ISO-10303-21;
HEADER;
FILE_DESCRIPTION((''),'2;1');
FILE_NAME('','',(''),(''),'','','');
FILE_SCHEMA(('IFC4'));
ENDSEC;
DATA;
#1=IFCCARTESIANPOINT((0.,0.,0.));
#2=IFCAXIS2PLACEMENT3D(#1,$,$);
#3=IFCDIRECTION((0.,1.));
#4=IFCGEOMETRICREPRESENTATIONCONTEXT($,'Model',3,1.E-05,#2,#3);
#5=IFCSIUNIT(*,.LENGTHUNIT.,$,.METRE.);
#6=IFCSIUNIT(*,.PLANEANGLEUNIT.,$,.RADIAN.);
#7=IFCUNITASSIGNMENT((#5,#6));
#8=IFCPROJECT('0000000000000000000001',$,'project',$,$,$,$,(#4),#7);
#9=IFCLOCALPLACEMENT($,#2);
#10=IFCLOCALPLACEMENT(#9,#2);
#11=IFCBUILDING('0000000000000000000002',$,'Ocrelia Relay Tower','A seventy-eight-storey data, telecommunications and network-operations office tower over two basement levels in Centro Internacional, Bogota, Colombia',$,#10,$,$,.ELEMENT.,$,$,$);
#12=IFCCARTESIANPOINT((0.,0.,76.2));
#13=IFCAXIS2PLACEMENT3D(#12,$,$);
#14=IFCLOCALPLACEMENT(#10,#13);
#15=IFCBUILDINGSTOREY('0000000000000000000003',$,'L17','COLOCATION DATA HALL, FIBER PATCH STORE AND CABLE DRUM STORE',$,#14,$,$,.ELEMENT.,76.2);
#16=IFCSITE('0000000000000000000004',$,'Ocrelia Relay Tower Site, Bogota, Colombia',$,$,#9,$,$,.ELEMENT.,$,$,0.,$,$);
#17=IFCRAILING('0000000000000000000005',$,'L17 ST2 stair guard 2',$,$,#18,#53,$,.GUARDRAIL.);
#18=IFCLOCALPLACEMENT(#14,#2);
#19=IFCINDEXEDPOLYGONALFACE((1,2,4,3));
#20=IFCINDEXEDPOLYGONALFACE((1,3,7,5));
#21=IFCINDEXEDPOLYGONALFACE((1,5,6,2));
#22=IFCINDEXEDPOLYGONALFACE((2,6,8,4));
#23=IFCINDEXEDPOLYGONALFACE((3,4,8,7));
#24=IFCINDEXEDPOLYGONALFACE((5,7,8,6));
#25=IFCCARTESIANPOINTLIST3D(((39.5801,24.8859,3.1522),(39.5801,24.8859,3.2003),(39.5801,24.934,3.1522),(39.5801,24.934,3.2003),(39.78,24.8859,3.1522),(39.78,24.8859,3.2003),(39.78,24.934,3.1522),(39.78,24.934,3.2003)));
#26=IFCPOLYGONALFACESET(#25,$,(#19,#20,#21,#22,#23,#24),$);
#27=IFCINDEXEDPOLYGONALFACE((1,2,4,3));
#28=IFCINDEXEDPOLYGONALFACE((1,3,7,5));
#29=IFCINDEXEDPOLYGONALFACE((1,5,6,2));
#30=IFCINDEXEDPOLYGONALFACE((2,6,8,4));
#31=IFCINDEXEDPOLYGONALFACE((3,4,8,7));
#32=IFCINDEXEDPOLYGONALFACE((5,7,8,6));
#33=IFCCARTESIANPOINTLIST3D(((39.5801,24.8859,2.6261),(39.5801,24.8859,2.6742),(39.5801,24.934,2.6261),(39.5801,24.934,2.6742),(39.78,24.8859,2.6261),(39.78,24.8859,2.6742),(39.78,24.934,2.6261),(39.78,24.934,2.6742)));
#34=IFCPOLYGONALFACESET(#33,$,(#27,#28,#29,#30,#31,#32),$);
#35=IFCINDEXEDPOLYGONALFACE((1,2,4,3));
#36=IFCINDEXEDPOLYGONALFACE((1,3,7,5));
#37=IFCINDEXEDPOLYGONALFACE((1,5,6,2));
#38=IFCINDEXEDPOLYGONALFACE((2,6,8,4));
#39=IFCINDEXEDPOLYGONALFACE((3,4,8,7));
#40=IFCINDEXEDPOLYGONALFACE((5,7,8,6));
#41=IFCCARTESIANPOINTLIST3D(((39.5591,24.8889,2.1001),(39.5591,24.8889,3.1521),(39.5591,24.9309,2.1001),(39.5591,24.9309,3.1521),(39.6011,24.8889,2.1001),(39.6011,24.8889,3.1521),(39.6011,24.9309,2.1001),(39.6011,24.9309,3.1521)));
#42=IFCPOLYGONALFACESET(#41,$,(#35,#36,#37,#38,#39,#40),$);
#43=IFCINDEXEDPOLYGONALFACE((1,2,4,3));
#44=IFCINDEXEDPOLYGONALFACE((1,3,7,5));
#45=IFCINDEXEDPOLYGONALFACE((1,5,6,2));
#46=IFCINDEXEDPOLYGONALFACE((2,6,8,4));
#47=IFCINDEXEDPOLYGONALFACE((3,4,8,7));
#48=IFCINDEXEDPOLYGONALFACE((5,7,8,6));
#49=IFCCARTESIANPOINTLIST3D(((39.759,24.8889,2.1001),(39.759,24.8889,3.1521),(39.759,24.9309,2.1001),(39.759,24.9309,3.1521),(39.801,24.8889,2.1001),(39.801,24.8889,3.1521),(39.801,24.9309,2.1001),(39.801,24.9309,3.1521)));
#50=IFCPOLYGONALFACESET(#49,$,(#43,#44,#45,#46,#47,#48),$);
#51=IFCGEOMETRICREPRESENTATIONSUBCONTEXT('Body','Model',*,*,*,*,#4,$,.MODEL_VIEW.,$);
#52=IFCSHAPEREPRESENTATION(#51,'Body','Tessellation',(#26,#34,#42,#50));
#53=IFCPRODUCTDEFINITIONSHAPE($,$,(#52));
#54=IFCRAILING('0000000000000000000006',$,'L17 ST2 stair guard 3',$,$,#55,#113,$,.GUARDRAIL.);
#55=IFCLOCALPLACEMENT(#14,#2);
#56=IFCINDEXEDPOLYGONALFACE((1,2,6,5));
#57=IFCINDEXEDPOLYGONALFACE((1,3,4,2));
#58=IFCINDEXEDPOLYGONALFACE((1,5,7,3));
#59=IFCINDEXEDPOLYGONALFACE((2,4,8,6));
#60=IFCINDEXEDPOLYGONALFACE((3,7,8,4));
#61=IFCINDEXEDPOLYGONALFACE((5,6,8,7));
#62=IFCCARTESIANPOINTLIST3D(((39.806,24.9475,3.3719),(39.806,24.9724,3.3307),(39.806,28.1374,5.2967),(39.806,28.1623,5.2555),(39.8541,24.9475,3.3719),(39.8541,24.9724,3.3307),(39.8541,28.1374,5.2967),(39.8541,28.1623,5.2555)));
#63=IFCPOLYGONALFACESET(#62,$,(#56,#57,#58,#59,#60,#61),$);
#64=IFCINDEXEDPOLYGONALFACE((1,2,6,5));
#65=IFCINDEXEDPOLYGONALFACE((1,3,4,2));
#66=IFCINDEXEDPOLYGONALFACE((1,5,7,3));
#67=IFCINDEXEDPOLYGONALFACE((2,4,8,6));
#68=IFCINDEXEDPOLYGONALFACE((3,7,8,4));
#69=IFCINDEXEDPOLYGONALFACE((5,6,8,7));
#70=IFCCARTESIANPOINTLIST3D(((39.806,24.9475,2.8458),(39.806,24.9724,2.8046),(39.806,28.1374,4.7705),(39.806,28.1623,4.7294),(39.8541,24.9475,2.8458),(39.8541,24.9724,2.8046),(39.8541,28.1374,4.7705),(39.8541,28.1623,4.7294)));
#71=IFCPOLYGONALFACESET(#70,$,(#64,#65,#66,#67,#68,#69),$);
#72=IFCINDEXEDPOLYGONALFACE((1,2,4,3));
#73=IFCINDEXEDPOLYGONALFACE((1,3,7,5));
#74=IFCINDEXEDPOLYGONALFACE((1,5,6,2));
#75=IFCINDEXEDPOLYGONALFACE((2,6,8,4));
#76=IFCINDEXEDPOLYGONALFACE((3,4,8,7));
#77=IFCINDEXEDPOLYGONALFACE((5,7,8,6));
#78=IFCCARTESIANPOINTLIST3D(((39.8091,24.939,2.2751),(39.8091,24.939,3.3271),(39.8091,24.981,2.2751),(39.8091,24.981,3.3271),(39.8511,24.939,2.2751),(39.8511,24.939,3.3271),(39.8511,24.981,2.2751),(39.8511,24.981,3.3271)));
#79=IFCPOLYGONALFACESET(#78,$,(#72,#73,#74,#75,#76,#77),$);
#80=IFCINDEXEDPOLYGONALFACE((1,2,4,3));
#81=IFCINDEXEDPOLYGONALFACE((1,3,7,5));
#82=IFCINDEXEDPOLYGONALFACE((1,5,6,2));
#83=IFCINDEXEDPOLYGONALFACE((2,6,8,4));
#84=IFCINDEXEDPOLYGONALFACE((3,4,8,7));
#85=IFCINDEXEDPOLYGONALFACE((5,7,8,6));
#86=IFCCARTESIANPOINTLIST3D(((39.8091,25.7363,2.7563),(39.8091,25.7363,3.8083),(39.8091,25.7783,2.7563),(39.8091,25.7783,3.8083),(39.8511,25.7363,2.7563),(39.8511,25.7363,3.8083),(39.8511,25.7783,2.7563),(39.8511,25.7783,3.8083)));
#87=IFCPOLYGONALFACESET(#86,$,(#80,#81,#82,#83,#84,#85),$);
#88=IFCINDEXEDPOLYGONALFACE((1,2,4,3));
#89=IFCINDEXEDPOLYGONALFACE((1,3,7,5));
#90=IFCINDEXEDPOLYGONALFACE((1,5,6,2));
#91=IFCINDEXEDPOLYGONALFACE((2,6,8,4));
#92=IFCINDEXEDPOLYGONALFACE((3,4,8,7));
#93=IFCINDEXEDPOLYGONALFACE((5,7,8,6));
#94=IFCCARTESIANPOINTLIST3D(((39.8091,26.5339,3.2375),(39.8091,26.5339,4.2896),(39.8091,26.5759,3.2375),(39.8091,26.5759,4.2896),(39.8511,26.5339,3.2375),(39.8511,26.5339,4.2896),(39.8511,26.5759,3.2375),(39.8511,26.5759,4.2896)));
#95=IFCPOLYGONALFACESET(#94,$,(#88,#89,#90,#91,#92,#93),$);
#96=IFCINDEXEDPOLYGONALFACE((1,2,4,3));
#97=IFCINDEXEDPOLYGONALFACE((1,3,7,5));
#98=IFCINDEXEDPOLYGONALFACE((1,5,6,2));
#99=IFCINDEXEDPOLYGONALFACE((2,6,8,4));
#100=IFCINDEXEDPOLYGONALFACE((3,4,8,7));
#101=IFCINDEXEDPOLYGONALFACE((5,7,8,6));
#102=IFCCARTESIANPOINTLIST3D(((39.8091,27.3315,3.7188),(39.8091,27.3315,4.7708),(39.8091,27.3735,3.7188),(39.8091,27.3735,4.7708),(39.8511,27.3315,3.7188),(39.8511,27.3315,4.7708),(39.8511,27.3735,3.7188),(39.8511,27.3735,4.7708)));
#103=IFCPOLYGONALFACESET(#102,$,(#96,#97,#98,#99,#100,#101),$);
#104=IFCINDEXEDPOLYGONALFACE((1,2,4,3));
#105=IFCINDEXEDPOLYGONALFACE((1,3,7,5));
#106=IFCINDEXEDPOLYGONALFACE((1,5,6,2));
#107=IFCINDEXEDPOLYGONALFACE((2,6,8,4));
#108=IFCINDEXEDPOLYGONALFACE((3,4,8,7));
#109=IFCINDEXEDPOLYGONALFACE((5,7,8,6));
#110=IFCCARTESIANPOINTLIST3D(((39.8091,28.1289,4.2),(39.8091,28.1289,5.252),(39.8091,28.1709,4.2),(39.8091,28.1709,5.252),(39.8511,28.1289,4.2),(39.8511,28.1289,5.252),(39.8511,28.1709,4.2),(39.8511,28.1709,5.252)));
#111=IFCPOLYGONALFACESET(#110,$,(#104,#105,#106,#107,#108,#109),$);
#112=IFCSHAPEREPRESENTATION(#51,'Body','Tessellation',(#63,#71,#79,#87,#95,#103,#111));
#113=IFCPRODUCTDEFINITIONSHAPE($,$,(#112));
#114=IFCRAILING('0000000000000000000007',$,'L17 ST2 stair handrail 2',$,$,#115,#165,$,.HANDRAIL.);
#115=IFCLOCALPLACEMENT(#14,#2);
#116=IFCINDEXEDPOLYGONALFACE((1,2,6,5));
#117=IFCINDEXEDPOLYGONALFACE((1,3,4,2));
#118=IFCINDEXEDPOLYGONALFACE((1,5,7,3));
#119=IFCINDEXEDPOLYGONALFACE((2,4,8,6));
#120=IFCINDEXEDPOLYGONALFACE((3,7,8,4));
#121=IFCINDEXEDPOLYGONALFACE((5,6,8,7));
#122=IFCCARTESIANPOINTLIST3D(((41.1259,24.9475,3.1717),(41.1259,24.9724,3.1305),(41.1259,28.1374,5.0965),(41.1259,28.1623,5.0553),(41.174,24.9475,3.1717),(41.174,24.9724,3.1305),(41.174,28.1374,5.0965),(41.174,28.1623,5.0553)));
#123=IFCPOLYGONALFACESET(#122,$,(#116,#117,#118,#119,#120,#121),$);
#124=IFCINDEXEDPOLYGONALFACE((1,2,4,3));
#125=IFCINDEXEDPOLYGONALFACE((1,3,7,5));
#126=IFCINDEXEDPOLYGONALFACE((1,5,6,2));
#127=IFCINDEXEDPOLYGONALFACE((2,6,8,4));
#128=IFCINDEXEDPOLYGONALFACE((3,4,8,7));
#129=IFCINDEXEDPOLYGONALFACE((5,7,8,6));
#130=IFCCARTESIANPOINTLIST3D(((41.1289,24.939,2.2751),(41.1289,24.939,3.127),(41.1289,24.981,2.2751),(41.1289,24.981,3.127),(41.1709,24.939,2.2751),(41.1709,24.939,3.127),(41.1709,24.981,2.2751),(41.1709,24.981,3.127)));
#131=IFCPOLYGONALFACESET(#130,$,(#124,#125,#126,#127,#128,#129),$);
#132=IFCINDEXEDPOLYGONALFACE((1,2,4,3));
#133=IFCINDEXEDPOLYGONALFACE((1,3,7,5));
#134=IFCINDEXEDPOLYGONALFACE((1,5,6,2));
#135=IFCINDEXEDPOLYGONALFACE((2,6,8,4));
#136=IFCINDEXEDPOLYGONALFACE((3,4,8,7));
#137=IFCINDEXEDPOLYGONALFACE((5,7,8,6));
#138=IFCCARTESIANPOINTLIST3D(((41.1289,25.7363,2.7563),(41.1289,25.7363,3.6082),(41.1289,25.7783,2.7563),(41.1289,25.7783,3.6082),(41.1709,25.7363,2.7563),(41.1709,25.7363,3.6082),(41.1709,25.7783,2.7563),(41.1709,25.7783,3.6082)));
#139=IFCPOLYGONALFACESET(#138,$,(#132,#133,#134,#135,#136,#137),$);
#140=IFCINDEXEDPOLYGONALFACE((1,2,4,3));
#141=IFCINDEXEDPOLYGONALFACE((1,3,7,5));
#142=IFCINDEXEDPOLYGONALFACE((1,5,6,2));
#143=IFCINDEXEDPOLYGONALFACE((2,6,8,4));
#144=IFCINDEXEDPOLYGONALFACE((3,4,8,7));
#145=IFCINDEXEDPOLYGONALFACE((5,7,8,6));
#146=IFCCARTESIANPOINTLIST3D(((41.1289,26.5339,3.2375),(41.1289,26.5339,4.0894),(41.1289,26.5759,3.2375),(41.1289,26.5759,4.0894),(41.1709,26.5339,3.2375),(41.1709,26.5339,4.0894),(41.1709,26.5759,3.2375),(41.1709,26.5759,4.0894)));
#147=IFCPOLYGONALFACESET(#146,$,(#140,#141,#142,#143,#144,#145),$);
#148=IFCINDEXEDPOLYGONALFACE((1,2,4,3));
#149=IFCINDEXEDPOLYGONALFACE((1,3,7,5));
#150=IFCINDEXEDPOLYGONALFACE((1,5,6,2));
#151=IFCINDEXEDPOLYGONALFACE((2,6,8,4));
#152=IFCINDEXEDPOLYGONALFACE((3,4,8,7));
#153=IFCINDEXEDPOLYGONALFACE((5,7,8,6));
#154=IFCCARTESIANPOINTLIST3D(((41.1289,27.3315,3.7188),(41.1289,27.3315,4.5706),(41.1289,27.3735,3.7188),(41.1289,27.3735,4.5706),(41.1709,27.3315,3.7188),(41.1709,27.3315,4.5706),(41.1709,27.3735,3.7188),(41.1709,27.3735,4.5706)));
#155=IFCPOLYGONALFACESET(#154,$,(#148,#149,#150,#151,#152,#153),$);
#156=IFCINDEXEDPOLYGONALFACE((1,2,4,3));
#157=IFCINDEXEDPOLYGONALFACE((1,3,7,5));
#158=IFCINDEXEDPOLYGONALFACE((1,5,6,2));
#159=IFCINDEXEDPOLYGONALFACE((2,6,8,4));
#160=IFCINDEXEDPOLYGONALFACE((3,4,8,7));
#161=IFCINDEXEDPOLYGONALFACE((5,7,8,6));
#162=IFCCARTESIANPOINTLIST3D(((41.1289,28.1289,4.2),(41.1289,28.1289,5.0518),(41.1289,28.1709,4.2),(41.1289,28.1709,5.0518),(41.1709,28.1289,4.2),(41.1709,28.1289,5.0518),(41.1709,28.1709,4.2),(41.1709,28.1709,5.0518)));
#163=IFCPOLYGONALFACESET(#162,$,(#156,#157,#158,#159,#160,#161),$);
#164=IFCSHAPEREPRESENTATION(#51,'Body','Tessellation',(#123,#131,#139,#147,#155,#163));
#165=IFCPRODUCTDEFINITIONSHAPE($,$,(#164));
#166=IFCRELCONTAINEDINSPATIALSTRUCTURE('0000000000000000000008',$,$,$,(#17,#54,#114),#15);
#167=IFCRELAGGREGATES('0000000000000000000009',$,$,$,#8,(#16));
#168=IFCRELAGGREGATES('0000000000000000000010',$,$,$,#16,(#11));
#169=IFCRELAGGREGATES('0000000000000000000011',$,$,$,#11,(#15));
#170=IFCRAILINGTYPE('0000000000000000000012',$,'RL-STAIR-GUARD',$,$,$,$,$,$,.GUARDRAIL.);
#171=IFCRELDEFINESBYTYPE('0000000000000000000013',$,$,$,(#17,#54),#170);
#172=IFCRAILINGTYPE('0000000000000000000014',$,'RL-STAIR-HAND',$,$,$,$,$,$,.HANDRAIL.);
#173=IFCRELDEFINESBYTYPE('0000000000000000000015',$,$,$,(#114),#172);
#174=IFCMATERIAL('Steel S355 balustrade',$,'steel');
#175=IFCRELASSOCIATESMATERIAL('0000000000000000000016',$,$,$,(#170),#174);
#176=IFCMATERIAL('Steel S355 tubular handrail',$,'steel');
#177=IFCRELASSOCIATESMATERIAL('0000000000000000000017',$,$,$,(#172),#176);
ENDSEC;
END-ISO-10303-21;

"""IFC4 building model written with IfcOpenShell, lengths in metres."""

from ifc_helpers import new_model, si_unit, direction, frame, origin, origin_2d, place, context, subcontext, project, spatial, rectangle, extrude, material, type_object, element, save


model = new_model("IFC4")

# Units and contexts
model_context = context("Model", 3, precision=1e-05, world=origin(), true_north=direction((0.0, 1.0)))
body_context = subcontext(model_context, "Body", "Model", "MODEL_VIEW")
ifc_project = project(units=[si_unit("LENGTHUNIT", "METRE"), si_unit("PLANEANGLEUNIT", "RADIAN")], contexts=[model_context])

# Site, building, storey
site_placement = place(None, origin())
site = spatial("IfcSite", under=ifc_project, at=site_placement, Name="Ocrelia Relay Tower Site, Bogota, Colombia", CompositionType="ELEMENT", RefElevation=0.0)
building_placement = place(site_placement, origin())
building = spatial("IfcBuilding", under=site, at=building_placement, Name="Ocrelia Relay Tower", Description="A seventy-eight-storey data, telecommunications and network-operations office tower over two basement levels in Centro Internacional, Bogota, Colombia", CompositionType="ELEMENT")
storey_placement = place(building_placement, frame((0.0, 0.0, 76.2)))
storey = spatial("IfcBuildingStorey", under=building, at=storey_placement, Name="L17", Description="COLOCATION DATA HALL, FIBER PATCH STORE AND CABLE DRUM STORE", CompositionType="ELEMENT", Elevation=76.2)

# Railings
ifc_material_1 = material(Name="Steel S355 balustrade", Category="steel")
railing_type_1 = type_object("IfcRailingType", Name="RL-STAIR-GUARD", PredefinedType="GUARDRAIL", material=ifc_material_1)
railing_1_placement = place(storey_placement, frame((39.5801, 24.9099, 2.1001)))
element("IfcRailing", 1, at=railing_1_placement, inside=storey, type_object=railing_type_1, Name="L17 ST2 stair guard 2", PredefinedType="GUARDRAIL", context=body_context, shape_type="SweptSolid", body=[
    extrude(rectangle(XDim=0.0481, YDim=0.0481, at=origin_2d()), frame((0.0, 0.0, 1.0762), z_axis=(1.0, 0.0, 0.0), x_axis=(0.0, 1.0, 0.0)), (0.0, 0.0, 1.0), 0.2),
    extrude(rectangle(XDim=0.0481, YDim=0.0481, at=origin_2d()), frame((0.0, 0.0, 0.55), z_axis=(1.0, 0.0, 0.0), x_axis=(0.0, 1.0, 0.0)), (0.0, 0.0, 1.0), 0.2),
    extrude(rectangle(XDim=0.042, YDim=0.042, at=origin_2d()), origin(), (0.0, 0.0, 1.0), 1.052),
    extrude(rectangle(XDim=0.042, YDim=0.042, at=origin_2d()), frame((0.2, 0.0, 0.0)), (0.0, 0.0, 1.0), 1.052),
])
railing_2_placement = place(storey_placement, frame((39.8301, 24.96, 2.2751)))
element("IfcRailing", 2, at=railing_2_placement, inside=storey, type_object=railing_type_1, Name="L17 ST2 stair guard 3", PredefinedType="GUARDRAIL", context=body_context, shape_type="SweptSolid", body=[
    extrude(rectangle(XDim=0.0481, YDim=0.0481, at=origin_2d()), frame((0.0, 0.0, 1.0762), z_axis=(0.0, 0.856207, 0.516633), x_axis=(-1.0, 0.0, 0.0)), (0.0, 0.0, 1.0), 3.7256),
    extrude(rectangle(XDim=0.0481, YDim=0.0481, at=origin_2d()), frame((0.0, 0.0, 0.55), z_axis=(0.0, 0.856207, 0.516633), x_axis=(-1.0, 0.0, 0.0)), (0.0, 0.0, 1.0), 3.7256),
    extrude(rectangle(XDim=0.042, YDim=0.042, at=origin_2d()), origin(), (0.0, 0.0, 1.0), 1.052),
    extrude(rectangle(XDim=0.042, YDim=0.042, at=origin_2d()), frame((0.0, 0.7974, 0.4812)), (0.0, 0.0, 1.0), 1.052),
    extrude(rectangle(XDim=0.042, YDim=0.042, at=origin_2d()), frame((0.0, 1.595, 0.9624)), (0.0, 0.0, 1.0), 1.052),
    extrude(rectangle(XDim=0.042, YDim=0.042, at=origin_2d()), frame((0.0, 2.3926, 1.4436)), (0.0, 0.0, 1.0), 1.052),
    extrude(rectangle(XDim=0.042, YDim=0.042, at=origin_2d()), frame((0.0, 3.1899, 1.9248)), (0.0, 0.0, 1.0), 1.052),
])
ifc_material_2 = material(Name="Steel S355 tubular handrail", Category="steel")
railing_type_2 = type_object("IfcRailingType", Name="RL-STAIR-HAND", PredefinedType="HANDRAIL", material=ifc_material_2)
railing_3_placement = place(storey_placement, frame((41.1499, 24.96, 2.2751)))
element("IfcRailing", 3, at=railing_3_placement, inside=storey, type_object=railing_type_2, Name="L17 ST2 stair handrail 2", PredefinedType="HANDRAIL", context=body_context, shape_type="SweptSolid", body=[
    extrude(rectangle(XDim=0.0481, YDim=0.0481, at=origin_2d()), frame((0.0, 0.0, 0.876), z_axis=(0.0, 0.856207, 0.516633), x_axis=(-1.0, 0.0, 0.0)), (0.0, 0.0, 1.0), 3.7256),
    extrude(rectangle(XDim=0.042, YDim=0.042, at=origin_2d()), origin(), (0.0, 0.0, 1.0), 0.8518),
    extrude(rectangle(XDim=0.042, YDim=0.042, at=origin_2d()), frame((0.0, 0.7974, 0.4812)), (0.0, 0.0, 1.0), 0.8518),
    extrude(rectangle(XDim=0.042, YDim=0.042, at=origin_2d()), frame((0.0, 1.595, 0.9624)), (0.0, 0.0, 1.0), 0.8518),
    extrude(rectangle(XDim=0.042, YDim=0.042, at=origin_2d()), frame((0.0, 2.3926, 1.4436)), (0.0, 0.0, 1.0), 0.8518),
    extrude(rectangle(XDim=0.042, YDim=0.042, at=origin_2d()), frame((0.0, 3.1899, 1.9248)), (0.0, 0.0, 1.0), 0.8518),
])

save(model, "model.ifc")
